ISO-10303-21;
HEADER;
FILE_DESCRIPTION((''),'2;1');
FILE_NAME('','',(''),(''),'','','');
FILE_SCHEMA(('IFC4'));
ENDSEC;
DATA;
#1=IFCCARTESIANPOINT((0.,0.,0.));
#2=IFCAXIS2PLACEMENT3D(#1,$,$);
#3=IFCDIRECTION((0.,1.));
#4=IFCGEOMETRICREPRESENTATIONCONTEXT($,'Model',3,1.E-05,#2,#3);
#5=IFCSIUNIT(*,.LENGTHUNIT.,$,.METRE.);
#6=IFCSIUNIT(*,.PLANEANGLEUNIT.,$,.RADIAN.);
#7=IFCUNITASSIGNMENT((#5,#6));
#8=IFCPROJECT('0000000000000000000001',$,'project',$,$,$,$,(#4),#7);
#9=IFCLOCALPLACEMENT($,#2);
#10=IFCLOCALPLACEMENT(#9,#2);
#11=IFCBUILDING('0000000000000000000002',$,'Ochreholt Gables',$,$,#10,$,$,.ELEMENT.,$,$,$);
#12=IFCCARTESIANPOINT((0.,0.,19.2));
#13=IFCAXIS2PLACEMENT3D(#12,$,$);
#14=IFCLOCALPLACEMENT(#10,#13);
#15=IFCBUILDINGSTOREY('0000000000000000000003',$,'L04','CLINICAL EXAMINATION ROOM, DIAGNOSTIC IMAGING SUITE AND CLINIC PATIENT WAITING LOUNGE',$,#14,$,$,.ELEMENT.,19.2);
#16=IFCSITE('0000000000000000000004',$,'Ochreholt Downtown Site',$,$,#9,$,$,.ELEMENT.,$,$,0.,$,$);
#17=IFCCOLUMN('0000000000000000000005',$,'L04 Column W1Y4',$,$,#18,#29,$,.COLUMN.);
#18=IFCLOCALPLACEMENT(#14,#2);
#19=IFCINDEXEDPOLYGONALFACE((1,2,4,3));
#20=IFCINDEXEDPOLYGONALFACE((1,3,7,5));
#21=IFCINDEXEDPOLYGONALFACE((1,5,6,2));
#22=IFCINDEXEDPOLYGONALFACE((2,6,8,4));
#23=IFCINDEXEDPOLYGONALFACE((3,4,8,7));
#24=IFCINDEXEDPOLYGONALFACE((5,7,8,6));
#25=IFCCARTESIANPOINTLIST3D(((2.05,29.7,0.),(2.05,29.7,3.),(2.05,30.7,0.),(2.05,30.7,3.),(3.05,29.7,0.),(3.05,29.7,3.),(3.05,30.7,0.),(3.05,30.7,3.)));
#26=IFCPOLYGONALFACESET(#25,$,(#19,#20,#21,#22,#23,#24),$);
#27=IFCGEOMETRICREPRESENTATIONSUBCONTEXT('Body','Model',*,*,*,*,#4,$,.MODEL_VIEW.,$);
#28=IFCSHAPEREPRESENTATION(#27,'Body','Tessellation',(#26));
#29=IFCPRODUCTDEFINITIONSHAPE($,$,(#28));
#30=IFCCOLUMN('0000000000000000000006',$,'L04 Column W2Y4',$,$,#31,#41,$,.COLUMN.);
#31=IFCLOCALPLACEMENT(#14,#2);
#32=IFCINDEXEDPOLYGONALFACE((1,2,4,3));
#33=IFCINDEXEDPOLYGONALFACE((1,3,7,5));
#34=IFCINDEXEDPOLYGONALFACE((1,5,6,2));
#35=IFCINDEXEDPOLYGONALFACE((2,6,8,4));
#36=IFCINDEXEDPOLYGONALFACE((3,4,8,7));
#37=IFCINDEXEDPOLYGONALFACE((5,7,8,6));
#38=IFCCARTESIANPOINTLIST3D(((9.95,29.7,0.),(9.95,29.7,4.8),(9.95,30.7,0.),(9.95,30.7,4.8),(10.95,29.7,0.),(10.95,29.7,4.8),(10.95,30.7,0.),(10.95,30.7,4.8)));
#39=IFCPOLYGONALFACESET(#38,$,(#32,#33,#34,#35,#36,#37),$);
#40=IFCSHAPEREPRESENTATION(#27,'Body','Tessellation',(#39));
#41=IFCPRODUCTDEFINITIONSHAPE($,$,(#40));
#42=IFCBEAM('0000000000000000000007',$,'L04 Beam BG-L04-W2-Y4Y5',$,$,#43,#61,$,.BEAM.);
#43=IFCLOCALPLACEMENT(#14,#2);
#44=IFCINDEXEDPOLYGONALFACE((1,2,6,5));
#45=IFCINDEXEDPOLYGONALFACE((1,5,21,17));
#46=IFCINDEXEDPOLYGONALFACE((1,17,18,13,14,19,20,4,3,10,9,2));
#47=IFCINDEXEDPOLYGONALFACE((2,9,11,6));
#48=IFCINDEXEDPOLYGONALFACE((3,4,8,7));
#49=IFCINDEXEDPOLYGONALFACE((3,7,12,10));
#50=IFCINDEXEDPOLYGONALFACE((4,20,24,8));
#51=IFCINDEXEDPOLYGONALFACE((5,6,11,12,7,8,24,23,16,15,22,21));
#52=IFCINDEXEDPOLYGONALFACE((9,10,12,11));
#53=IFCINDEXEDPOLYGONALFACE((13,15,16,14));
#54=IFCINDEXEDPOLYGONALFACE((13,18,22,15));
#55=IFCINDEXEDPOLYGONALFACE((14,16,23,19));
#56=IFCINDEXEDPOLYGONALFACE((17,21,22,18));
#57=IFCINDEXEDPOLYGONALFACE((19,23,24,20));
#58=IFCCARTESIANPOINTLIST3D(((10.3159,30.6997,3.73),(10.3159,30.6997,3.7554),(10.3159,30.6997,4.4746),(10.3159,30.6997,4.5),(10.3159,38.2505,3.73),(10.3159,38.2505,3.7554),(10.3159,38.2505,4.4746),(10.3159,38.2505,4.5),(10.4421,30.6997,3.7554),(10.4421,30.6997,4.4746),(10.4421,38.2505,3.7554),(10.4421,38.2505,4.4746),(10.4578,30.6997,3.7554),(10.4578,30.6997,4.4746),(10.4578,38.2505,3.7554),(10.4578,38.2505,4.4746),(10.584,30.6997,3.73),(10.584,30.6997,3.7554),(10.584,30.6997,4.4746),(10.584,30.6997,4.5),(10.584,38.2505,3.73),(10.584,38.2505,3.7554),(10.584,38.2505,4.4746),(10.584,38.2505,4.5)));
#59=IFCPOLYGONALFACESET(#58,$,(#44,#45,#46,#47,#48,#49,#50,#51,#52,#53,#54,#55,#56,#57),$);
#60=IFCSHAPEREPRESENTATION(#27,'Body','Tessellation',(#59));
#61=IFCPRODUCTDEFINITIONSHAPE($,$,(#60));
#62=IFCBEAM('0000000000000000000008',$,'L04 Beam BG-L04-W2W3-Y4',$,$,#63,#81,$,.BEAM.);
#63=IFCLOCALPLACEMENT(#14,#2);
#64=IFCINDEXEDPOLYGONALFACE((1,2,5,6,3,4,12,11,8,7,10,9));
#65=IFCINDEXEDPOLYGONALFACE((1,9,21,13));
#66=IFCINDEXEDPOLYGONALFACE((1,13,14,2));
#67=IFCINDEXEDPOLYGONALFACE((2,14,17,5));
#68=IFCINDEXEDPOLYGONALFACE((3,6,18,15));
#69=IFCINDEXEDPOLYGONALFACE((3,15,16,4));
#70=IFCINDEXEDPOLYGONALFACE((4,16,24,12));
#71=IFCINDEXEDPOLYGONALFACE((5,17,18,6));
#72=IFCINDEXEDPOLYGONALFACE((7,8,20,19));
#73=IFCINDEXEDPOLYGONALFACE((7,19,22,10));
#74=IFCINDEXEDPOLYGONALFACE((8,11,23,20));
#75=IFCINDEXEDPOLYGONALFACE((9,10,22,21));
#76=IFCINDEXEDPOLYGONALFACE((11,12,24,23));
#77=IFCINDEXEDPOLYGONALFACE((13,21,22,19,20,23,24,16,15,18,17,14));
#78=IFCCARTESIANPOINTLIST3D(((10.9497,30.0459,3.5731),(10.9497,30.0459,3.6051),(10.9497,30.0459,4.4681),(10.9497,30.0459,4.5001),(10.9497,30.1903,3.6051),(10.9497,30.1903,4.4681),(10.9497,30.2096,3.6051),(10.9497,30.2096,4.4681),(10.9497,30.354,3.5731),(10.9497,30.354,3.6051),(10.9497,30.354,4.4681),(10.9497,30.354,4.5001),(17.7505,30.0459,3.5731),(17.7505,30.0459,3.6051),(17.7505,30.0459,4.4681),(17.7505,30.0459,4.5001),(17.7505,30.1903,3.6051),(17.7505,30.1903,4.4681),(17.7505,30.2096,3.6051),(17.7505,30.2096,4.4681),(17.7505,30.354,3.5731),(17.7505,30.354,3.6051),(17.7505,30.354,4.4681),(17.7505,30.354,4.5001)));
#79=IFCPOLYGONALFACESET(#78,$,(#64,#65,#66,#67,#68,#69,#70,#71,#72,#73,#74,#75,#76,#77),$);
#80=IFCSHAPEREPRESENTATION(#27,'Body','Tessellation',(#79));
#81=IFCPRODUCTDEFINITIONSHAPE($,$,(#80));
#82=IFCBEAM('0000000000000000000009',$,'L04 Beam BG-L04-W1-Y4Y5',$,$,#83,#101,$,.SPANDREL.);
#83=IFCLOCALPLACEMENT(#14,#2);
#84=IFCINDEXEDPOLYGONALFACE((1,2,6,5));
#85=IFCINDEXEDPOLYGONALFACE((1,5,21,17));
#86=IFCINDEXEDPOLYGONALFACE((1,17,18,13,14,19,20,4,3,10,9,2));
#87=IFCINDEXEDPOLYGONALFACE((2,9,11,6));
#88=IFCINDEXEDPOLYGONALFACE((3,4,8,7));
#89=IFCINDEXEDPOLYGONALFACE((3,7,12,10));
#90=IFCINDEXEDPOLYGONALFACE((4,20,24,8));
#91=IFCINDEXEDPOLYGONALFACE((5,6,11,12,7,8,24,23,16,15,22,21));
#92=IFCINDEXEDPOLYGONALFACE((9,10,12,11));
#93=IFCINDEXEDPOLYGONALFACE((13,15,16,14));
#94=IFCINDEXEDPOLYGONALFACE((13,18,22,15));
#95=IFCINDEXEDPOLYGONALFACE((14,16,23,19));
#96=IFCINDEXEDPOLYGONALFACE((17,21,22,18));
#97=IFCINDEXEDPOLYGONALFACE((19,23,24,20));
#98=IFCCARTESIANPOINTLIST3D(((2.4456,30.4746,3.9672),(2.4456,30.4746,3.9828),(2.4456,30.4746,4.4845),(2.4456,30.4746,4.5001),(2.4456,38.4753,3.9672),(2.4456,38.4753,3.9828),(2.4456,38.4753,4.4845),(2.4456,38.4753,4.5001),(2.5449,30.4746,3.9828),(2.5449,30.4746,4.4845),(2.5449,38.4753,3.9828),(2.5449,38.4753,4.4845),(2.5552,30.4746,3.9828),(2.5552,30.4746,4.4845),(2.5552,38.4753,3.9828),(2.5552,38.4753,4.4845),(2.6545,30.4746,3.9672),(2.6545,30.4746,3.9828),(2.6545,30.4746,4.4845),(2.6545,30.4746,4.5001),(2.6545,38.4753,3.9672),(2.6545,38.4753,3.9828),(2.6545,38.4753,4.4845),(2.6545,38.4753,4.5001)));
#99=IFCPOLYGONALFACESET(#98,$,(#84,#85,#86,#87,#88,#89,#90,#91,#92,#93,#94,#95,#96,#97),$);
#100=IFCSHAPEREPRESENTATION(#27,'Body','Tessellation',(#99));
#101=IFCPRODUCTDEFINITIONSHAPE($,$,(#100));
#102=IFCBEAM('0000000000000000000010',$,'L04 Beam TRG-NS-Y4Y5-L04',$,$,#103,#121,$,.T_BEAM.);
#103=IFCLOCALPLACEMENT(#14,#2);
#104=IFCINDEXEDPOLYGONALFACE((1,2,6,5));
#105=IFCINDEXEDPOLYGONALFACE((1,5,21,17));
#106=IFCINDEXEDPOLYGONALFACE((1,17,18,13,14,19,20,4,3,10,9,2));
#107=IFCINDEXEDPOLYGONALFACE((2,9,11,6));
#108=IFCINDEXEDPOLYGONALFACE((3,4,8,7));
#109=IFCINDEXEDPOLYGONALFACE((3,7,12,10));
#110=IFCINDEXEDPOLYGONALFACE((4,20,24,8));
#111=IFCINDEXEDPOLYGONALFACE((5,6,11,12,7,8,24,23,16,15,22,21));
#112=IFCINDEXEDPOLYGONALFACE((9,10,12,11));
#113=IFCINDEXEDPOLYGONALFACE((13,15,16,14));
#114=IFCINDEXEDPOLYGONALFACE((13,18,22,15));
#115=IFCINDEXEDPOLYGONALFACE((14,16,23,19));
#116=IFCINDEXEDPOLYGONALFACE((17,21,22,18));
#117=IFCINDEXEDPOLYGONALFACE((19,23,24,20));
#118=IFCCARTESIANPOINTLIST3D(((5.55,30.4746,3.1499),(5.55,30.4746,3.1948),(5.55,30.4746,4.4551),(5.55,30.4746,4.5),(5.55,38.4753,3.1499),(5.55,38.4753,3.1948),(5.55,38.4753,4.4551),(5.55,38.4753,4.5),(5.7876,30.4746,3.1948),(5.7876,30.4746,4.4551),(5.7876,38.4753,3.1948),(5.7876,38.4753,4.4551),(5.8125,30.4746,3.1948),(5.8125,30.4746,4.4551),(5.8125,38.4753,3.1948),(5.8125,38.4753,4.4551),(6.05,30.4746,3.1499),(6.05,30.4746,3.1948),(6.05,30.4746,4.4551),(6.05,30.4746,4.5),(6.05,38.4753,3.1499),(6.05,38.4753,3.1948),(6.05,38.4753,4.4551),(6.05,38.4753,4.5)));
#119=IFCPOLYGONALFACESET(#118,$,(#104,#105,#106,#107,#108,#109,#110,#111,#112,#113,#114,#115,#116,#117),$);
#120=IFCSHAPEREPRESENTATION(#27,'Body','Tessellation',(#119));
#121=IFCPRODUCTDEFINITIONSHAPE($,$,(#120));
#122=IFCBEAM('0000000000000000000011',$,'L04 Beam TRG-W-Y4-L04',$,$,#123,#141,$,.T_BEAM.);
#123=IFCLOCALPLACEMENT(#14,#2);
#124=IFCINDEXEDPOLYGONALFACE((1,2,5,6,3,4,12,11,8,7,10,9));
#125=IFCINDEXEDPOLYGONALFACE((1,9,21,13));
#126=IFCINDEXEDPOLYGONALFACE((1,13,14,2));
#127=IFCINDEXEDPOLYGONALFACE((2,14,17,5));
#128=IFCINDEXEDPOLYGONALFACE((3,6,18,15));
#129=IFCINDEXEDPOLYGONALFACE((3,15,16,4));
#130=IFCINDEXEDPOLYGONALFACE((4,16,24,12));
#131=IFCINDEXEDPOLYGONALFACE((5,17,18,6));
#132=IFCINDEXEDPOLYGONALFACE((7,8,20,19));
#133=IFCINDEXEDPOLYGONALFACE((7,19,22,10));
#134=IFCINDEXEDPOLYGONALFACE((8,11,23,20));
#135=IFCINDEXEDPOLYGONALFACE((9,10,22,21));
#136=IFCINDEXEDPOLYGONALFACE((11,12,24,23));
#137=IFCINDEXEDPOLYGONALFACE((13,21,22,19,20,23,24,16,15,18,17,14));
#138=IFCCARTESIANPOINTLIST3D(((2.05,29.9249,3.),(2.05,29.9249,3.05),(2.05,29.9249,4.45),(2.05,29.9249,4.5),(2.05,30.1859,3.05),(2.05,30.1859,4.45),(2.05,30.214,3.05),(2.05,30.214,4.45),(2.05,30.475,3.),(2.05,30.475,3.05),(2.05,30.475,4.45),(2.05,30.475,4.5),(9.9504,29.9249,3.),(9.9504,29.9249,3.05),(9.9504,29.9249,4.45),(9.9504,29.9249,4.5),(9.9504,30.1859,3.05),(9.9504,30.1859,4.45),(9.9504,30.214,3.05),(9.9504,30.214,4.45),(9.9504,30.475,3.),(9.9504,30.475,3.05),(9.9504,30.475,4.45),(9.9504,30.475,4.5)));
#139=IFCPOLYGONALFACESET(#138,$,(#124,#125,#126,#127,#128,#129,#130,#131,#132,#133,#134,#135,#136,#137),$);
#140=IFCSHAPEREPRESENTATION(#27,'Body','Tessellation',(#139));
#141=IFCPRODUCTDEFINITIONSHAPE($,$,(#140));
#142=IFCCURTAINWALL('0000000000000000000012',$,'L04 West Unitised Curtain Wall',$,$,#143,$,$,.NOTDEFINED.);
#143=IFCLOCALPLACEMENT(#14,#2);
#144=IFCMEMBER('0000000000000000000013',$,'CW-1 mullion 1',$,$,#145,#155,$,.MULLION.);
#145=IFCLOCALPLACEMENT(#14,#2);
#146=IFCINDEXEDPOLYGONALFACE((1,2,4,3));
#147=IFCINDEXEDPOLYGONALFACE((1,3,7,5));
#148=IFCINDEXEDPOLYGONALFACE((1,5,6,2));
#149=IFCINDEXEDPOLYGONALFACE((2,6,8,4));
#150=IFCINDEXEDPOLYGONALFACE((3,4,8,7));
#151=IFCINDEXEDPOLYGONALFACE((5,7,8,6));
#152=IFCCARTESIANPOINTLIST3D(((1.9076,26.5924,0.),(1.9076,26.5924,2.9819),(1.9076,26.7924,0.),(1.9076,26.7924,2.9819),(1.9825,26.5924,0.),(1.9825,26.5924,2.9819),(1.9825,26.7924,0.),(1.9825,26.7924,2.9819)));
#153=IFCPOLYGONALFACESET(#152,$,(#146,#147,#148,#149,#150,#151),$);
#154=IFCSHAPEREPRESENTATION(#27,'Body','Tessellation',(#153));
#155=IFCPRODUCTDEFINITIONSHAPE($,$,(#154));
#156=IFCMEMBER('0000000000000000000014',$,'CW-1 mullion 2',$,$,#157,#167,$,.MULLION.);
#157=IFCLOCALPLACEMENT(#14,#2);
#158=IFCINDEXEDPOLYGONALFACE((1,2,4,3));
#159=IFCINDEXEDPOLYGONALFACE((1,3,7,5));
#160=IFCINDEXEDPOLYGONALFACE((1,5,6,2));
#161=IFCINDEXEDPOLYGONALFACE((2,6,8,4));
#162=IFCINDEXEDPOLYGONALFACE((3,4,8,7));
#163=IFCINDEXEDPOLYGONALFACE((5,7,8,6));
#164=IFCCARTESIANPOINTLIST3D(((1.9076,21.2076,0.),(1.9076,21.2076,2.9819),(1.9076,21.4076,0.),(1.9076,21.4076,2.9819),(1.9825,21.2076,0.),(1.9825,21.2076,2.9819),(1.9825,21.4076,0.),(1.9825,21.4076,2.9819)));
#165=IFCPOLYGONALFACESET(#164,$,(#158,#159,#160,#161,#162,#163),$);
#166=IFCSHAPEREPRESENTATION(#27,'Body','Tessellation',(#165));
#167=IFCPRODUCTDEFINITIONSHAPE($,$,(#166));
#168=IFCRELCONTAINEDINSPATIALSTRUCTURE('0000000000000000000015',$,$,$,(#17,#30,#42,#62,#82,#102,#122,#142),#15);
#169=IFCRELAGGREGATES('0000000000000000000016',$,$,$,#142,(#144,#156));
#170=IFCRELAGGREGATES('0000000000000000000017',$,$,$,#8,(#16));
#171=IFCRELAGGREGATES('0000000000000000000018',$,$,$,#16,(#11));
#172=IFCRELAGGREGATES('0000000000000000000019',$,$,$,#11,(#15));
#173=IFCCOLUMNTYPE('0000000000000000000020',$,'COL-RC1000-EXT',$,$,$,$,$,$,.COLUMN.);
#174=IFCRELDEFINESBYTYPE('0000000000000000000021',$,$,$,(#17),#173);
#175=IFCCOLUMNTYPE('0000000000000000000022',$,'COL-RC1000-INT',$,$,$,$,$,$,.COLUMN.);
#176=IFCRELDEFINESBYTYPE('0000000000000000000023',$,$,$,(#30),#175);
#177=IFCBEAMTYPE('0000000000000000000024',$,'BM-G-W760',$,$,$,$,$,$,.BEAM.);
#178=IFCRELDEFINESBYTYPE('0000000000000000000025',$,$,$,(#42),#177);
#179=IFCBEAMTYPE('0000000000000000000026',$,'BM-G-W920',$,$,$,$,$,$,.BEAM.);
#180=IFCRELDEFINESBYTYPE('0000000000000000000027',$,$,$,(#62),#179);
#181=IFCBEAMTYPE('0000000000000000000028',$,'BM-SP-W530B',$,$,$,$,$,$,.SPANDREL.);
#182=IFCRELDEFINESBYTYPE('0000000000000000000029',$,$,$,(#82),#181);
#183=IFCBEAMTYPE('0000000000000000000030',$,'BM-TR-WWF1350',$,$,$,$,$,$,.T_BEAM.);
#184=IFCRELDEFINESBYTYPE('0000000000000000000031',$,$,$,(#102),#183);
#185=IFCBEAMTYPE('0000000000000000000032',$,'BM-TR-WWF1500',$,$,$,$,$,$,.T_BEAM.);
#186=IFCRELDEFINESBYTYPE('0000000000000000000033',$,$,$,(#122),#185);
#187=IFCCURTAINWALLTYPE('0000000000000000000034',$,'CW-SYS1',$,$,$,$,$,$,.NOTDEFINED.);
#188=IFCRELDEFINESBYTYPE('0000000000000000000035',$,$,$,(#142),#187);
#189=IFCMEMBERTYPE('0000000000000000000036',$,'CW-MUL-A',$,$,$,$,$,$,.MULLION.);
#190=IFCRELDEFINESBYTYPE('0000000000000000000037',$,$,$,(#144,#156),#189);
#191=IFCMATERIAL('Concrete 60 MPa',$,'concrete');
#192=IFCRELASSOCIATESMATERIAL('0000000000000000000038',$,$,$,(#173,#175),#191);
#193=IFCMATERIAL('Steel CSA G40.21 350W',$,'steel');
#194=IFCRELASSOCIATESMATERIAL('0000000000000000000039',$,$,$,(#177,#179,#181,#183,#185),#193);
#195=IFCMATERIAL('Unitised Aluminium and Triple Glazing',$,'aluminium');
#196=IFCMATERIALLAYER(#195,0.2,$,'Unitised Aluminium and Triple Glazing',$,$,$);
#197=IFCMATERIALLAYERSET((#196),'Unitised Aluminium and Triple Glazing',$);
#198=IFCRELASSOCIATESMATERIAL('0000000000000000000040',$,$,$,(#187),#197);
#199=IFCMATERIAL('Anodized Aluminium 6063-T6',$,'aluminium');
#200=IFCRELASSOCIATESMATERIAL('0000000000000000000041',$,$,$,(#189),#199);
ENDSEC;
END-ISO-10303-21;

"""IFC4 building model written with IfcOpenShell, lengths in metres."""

from ifc_helpers import new_model, si_unit, direction, frame, origin, origin_2d, place, context, subcontext, project, spatial, rectangle, i_section, extrude, material, layer, layer_set, material_profile, profile_set, type_object, element, aggregate, save


model = new_model("IFC4")

# Units and contexts
model_context = context("Model", 3, precision=1e-05, world=origin(), true_north=direction((0.0, 1.0)))
body_context = subcontext(model_context, "Body", "Model", "MODEL_VIEW")
ifc_project = project(units=[si_unit("LENGTHUNIT", "METRE"), si_unit("PLANEANGLEUNIT", "RADIAN")], contexts=[model_context])

# Site, building, storey
site_placement = place(None, origin())
site = spatial("IfcSite", under=ifc_project, at=site_placement, Name="Ochreholt Downtown Site", CompositionType="ELEMENT", RefElevation=0.0)
building_placement = place(site_placement, origin())
building = spatial("IfcBuilding", under=site, at=building_placement, Name="Ochreholt Gables", CompositionType="ELEMENT")
storey_placement = place(building_placement, frame((0.0, 0.0, 19.2)))
storey = spatial("IfcBuildingStorey", under=building, at=storey_placement, Name="L04", Description="CLINICAL EXAMINATION ROOM, DIAGNOSTIC IMAGING SUITE AND CLINIC PATIENT WAITING LOUNGE", CompositionType="ELEMENT", Elevation=19.2)

# Columns
ifc_material_1 = material(Name="Concrete 60 MPa", Category="concrete")
ifc_material_profile_1 = material_profile(ifc_material_1, rectangle(XDim=1.0, YDim=1.0, at=origin_2d()), Name="RC1000X1000")
ifc_profile_set_1 = profile_set([ifc_material_profile_1], Name="Concrete 60 MPa")
column_type_1 = type_object("IfcColumnType", Name="COL-RC1000-EXT", PredefinedType="COLUMN", material=ifc_profile_set_1)
column_1_placement = place(storey_placement, frame((2.55, 30.2, 0.0), z_axis=(0.0, 0.0, 1.0), x_axis=(1.0, 0.0, 0.0)))
element("IfcColumn", 1, at=column_1_placement, inside=storey, type_object=column_type_1, Name="L04 Column W1Y4", PredefinedType="COLUMN", context=body_context, shape_type="SweptSolid", body=[
    extrude(rectangle(XDim=1.0, YDim=1.0, at=origin_2d()), origin(), (0.0, 0.0, 1.0), 3.0),
])
ifc_material_profile_2 = material_profile(ifc_material_1, rectangle(XDim=1.0, YDim=1.0, at=origin_2d()), Name="RC1000X1000")
ifc_profile_set_2 = profile_set([ifc_material_profile_2], Name="Concrete 60 MPa")
column_type_2 = type_object("IfcColumnType", Name="COL-RC1000-INT", PredefinedType="COLUMN", material=ifc_profile_set_2)
column_2_placement = place(storey_placement, frame((10.45, 30.2, 0.0), z_axis=(0.0, 0.0, 1.0), x_axis=(1.0, 0.0, 0.0)))
element("IfcColumn", 2, at=column_2_placement, inside=storey, type_object=column_type_2, Name="L04 Column W2Y4", PredefinedType="COLUMN", context=body_context, shape_type="SweptSolid", body=[
    extrude(rectangle(XDim=1.0, YDim=1.0, at=origin_2d()), origin(), (0.0, 0.0, 1.0), 4.8),
])

# Beams
ifc_material_2 = material(Name="Steel CSA G40.21 350W", Category="steel")
ifc_material_profile_3 = material_profile(ifc_material_2, i_section(OverallWidth=0.2681, OverallDepth=0.77, WebThickness=0.0156, FlangeThickness=0.0254, at=origin_2d()), Name="W760X196")
ifc_profile_set_3 = profile_set([ifc_material_profile_3], Name="Steel CSA G40.21 350W")
beam_type_1 = type_object("IfcBeamType", Name="BM-G-W760", PredefinedType="BEAM", material=ifc_profile_set_3)
beam_1_placement = place(storey_placement, frame((10.45, 30.6997, 4.115), z_axis=(0.0, 1.0, 0.0), x_axis=(-1.0, 0.0, 0.0)))
element("IfcBeam", 3, at=beam_1_placement, inside=storey, type_object=beam_type_1, Name="L04 Beam BG-L04-W2-Y4Y5", PredefinedType="BEAM", context=body_context, shape_type="SweptSolid", body=[
    extrude(i_section(OverallWidth=0.2681, OverallDepth=0.77, WebThickness=0.0156, FlangeThickness=0.0254, at=origin_2d()), origin(), (0.0, 0.0, 1.0), 7.5508),
])
ifc_material_profile_4 = material_profile(ifc_material_2, i_section(OverallWidth=0.3081, OverallDepth=0.927, WebThickness=0.0193, FlangeThickness=0.032, at=origin_2d()), Name="W920X289")
ifc_profile_set_4 = profile_set([ifc_material_profile_4], Name="Steel CSA G40.21 350W")
beam_type_2 = type_object("IfcBeamType", Name="BM-G-W920", PredefinedType="BEAM", material=ifc_profile_set_4)
beam_2_placement = place(storey_placement, frame((10.9497, 30.2, 4.0366), z_axis=(1.0, 0.0, 0.0), x_axis=(0.0, 1.0, 0.0)))
element("IfcBeam", 4, at=beam_2_placement, inside=storey, type_object=beam_type_2, Name="L04 Beam BG-L04-W2W3-Y4", PredefinedType="BEAM", context=body_context, shape_type="SweptSolid", body=[
    extrude(i_section(OverallWidth=0.3081, OverallDepth=0.927, WebThickness=0.0193, FlangeThickness=0.032, at=origin_2d()), origin(), (0.0, 0.0, 1.0), 6.8008),
])
ifc_material_profile_5 = material_profile(ifc_material_2, i_section(OverallWidth=0.209, OverallDepth=0.533, WebThickness=0.0103, FlangeThickness=0.0156, at=origin_2d()), Name="W530X92")
ifc_profile_set_5 = profile_set([ifc_material_profile_5], Name="Steel CSA G40.21 350W")
beam_type_3 = type_object("IfcBeamType", Name="BM-SP-W530B", PredefinedType="SPANDREL", material=ifc_profile_set_5)
beam_3_placement = place(storey_placement, frame((2.55, 30.4746, 4.2336), z_axis=(0.0, 1.0, 0.0), x_axis=(-1.0, 0.0, 0.0)))
element("IfcBeam", 5, at=beam_3_placement, inside=storey, type_object=beam_type_3, Name="L04 Beam BG-L04-W1-Y4Y5", PredefinedType="SPANDREL", context=body_context, shape_type="SweptSolid", body=[
    extrude(i_section(OverallWidth=0.209, OverallDepth=0.533, WebThickness=0.0103, FlangeThickness=0.0156, at=origin_2d()), origin(), (0.0, 0.0, 1.0), 8.0007),
])
ifc_material_profile_6 = material_profile(ifc_material_2, i_section(OverallWidth=0.5, OverallDepth=1.3501, WebThickness=0.0249, FlangeThickness=0.0449, at=origin_2d()), Name="WWF1350X500")
ifc_profile_set_6 = profile_set([ifc_material_profile_6], Name="Steel CSA G40.21 350W")
beam_type_4 = type_object("IfcBeamType", Name="BM-TR-WWF1350", PredefinedType="T_BEAM", material=ifc_profile_set_6)
beam_4_placement = place(storey_placement, frame((5.8, 30.4746, 3.825), z_axis=(0.0, 1.0, 0.0), x_axis=(-1.0, 0.0, 0.0)))
element("IfcBeam", 6, at=beam_4_placement, inside=storey, type_object=beam_type_4, Name="L04 Beam TRG-NS-Y4Y5-L04", PredefinedType="T_BEAM", context=body_context, shape_type="SweptSolid", body=[
    extrude(i_section(OverallWidth=0.5, OverallDepth=1.3501, WebThickness=0.0249, FlangeThickness=0.0449, at=origin_2d()), origin(), (0.0, 0.0, 1.0), 8.0007),
])
ifc_material_profile_7 = material_profile(ifc_material_2, i_section(OverallWidth=0.55, OverallDepth=1.5, WebThickness=0.0281, FlangeThickness=0.05, at=origin_2d()), Name="WWF1500X550")
ifc_profile_set_7 = profile_set([ifc_material_profile_7], Name="Steel CSA G40.21 350W")
beam_type_5 = type_object("IfcBeamType", Name="BM-TR-WWF1500", PredefinedType="T_BEAM", material=ifc_profile_set_7)
beam_5_placement = place(storey_placement, frame((2.05, 30.2, 3.75), z_axis=(1.0, 0.0, 0.0), x_axis=(0.0, 1.0, 0.0)))
element("IfcBeam", 7, at=beam_5_placement, inside=storey, type_object=beam_type_5, Name="L04 Beam TRG-W-Y4-L04", PredefinedType="T_BEAM", context=body_context, shape_type="SweptSolid", body=[
    extrude(i_section(OverallWidth=0.55, OverallDepth=1.5, WebThickness=0.0281, FlangeThickness=0.05, at=origin_2d()), origin(), (0.0, 0.0, 1.0), 7.9004),
])

# Curtain wall, members
ifc_material_3 = material(Name="Unitised Aluminium and Triple Glazing", Category="aluminium")
ifc_layer_1 = layer(ifc_material_3, 0.2, Name="Unitised Aluminium and Triple Glazing")
ifc_layer_set_1 = layer_set([ifc_layer_1], Name="Unitised Aluminium and Triple Glazing")
curtain_wall_type = type_object("IfcCurtainWallType", Name="CW-SYS1", PredefinedType="NOTDEFINED", material=ifc_layer_set_1)
curtain_wall_placement = place(storey_placement, origin())
curtain_wall = element("IfcCurtainWall", 8, at=curtain_wall_placement, inside=storey, type_object=curtain_wall_type, Name="L04 West Unitised Curtain Wall", PredefinedType="NOTDEFINED")
ifc_material_4 = material(Name="Anodized Aluminium 6063-T6", Category="aluminium")
ifc_material_profile_8 = material_profile(ifc_material_4, rectangle(XDim=0.075, YDim=0.2, at=origin_2d()), Name="CWM75X200")
ifc_profile_set_8 = profile_set([ifc_material_profile_8], Name="Anodized Aluminium 6063-T6")
member_type_1 = type_object("IfcMemberType", Name="CW-MUL-A", PredefinedType="MULLION", material=ifc_profile_set_8)
member_1_placement = place(storey_placement, frame((1.9451, 26.6924, 0.0), z_axis=(0.0, 0.0, 1.0), x_axis=(1.0, 0.0, 0.0)))
member_1 = element("IfcMember", 9, at=member_1_placement, type_object=member_type_1, Name="CW-1 mullion 1", PredefinedType="MULLION", context=body_context, shape_type="SweptSolid", body=[
    extrude(rectangle(XDim=0.075, YDim=0.2, at=origin_2d()), origin(), (0.0, 0.0, 1.0), 2.9819),
])
member_2_placement = place(storey_placement, frame((1.9451, 21.3076, 0.0), z_axis=(0.0, 0.0, 1.0), x_axis=(1.0, 0.0, 0.0)))
member_2 = element("IfcMember", 10, at=member_2_placement, type_object=member_type_1, Name="CW-1 mullion 2", PredefinedType="MULLION", context=body_context, shape_type="SweptSolid", body=[
    extrude(rectangle(XDim=0.075, YDim=0.2, at=origin_2d()), origin(), (0.0, 0.0, 1.0), 2.9819),
])
aggregate(curtain_wall, [member_1, member_2])

save(model, "model.ifc")
